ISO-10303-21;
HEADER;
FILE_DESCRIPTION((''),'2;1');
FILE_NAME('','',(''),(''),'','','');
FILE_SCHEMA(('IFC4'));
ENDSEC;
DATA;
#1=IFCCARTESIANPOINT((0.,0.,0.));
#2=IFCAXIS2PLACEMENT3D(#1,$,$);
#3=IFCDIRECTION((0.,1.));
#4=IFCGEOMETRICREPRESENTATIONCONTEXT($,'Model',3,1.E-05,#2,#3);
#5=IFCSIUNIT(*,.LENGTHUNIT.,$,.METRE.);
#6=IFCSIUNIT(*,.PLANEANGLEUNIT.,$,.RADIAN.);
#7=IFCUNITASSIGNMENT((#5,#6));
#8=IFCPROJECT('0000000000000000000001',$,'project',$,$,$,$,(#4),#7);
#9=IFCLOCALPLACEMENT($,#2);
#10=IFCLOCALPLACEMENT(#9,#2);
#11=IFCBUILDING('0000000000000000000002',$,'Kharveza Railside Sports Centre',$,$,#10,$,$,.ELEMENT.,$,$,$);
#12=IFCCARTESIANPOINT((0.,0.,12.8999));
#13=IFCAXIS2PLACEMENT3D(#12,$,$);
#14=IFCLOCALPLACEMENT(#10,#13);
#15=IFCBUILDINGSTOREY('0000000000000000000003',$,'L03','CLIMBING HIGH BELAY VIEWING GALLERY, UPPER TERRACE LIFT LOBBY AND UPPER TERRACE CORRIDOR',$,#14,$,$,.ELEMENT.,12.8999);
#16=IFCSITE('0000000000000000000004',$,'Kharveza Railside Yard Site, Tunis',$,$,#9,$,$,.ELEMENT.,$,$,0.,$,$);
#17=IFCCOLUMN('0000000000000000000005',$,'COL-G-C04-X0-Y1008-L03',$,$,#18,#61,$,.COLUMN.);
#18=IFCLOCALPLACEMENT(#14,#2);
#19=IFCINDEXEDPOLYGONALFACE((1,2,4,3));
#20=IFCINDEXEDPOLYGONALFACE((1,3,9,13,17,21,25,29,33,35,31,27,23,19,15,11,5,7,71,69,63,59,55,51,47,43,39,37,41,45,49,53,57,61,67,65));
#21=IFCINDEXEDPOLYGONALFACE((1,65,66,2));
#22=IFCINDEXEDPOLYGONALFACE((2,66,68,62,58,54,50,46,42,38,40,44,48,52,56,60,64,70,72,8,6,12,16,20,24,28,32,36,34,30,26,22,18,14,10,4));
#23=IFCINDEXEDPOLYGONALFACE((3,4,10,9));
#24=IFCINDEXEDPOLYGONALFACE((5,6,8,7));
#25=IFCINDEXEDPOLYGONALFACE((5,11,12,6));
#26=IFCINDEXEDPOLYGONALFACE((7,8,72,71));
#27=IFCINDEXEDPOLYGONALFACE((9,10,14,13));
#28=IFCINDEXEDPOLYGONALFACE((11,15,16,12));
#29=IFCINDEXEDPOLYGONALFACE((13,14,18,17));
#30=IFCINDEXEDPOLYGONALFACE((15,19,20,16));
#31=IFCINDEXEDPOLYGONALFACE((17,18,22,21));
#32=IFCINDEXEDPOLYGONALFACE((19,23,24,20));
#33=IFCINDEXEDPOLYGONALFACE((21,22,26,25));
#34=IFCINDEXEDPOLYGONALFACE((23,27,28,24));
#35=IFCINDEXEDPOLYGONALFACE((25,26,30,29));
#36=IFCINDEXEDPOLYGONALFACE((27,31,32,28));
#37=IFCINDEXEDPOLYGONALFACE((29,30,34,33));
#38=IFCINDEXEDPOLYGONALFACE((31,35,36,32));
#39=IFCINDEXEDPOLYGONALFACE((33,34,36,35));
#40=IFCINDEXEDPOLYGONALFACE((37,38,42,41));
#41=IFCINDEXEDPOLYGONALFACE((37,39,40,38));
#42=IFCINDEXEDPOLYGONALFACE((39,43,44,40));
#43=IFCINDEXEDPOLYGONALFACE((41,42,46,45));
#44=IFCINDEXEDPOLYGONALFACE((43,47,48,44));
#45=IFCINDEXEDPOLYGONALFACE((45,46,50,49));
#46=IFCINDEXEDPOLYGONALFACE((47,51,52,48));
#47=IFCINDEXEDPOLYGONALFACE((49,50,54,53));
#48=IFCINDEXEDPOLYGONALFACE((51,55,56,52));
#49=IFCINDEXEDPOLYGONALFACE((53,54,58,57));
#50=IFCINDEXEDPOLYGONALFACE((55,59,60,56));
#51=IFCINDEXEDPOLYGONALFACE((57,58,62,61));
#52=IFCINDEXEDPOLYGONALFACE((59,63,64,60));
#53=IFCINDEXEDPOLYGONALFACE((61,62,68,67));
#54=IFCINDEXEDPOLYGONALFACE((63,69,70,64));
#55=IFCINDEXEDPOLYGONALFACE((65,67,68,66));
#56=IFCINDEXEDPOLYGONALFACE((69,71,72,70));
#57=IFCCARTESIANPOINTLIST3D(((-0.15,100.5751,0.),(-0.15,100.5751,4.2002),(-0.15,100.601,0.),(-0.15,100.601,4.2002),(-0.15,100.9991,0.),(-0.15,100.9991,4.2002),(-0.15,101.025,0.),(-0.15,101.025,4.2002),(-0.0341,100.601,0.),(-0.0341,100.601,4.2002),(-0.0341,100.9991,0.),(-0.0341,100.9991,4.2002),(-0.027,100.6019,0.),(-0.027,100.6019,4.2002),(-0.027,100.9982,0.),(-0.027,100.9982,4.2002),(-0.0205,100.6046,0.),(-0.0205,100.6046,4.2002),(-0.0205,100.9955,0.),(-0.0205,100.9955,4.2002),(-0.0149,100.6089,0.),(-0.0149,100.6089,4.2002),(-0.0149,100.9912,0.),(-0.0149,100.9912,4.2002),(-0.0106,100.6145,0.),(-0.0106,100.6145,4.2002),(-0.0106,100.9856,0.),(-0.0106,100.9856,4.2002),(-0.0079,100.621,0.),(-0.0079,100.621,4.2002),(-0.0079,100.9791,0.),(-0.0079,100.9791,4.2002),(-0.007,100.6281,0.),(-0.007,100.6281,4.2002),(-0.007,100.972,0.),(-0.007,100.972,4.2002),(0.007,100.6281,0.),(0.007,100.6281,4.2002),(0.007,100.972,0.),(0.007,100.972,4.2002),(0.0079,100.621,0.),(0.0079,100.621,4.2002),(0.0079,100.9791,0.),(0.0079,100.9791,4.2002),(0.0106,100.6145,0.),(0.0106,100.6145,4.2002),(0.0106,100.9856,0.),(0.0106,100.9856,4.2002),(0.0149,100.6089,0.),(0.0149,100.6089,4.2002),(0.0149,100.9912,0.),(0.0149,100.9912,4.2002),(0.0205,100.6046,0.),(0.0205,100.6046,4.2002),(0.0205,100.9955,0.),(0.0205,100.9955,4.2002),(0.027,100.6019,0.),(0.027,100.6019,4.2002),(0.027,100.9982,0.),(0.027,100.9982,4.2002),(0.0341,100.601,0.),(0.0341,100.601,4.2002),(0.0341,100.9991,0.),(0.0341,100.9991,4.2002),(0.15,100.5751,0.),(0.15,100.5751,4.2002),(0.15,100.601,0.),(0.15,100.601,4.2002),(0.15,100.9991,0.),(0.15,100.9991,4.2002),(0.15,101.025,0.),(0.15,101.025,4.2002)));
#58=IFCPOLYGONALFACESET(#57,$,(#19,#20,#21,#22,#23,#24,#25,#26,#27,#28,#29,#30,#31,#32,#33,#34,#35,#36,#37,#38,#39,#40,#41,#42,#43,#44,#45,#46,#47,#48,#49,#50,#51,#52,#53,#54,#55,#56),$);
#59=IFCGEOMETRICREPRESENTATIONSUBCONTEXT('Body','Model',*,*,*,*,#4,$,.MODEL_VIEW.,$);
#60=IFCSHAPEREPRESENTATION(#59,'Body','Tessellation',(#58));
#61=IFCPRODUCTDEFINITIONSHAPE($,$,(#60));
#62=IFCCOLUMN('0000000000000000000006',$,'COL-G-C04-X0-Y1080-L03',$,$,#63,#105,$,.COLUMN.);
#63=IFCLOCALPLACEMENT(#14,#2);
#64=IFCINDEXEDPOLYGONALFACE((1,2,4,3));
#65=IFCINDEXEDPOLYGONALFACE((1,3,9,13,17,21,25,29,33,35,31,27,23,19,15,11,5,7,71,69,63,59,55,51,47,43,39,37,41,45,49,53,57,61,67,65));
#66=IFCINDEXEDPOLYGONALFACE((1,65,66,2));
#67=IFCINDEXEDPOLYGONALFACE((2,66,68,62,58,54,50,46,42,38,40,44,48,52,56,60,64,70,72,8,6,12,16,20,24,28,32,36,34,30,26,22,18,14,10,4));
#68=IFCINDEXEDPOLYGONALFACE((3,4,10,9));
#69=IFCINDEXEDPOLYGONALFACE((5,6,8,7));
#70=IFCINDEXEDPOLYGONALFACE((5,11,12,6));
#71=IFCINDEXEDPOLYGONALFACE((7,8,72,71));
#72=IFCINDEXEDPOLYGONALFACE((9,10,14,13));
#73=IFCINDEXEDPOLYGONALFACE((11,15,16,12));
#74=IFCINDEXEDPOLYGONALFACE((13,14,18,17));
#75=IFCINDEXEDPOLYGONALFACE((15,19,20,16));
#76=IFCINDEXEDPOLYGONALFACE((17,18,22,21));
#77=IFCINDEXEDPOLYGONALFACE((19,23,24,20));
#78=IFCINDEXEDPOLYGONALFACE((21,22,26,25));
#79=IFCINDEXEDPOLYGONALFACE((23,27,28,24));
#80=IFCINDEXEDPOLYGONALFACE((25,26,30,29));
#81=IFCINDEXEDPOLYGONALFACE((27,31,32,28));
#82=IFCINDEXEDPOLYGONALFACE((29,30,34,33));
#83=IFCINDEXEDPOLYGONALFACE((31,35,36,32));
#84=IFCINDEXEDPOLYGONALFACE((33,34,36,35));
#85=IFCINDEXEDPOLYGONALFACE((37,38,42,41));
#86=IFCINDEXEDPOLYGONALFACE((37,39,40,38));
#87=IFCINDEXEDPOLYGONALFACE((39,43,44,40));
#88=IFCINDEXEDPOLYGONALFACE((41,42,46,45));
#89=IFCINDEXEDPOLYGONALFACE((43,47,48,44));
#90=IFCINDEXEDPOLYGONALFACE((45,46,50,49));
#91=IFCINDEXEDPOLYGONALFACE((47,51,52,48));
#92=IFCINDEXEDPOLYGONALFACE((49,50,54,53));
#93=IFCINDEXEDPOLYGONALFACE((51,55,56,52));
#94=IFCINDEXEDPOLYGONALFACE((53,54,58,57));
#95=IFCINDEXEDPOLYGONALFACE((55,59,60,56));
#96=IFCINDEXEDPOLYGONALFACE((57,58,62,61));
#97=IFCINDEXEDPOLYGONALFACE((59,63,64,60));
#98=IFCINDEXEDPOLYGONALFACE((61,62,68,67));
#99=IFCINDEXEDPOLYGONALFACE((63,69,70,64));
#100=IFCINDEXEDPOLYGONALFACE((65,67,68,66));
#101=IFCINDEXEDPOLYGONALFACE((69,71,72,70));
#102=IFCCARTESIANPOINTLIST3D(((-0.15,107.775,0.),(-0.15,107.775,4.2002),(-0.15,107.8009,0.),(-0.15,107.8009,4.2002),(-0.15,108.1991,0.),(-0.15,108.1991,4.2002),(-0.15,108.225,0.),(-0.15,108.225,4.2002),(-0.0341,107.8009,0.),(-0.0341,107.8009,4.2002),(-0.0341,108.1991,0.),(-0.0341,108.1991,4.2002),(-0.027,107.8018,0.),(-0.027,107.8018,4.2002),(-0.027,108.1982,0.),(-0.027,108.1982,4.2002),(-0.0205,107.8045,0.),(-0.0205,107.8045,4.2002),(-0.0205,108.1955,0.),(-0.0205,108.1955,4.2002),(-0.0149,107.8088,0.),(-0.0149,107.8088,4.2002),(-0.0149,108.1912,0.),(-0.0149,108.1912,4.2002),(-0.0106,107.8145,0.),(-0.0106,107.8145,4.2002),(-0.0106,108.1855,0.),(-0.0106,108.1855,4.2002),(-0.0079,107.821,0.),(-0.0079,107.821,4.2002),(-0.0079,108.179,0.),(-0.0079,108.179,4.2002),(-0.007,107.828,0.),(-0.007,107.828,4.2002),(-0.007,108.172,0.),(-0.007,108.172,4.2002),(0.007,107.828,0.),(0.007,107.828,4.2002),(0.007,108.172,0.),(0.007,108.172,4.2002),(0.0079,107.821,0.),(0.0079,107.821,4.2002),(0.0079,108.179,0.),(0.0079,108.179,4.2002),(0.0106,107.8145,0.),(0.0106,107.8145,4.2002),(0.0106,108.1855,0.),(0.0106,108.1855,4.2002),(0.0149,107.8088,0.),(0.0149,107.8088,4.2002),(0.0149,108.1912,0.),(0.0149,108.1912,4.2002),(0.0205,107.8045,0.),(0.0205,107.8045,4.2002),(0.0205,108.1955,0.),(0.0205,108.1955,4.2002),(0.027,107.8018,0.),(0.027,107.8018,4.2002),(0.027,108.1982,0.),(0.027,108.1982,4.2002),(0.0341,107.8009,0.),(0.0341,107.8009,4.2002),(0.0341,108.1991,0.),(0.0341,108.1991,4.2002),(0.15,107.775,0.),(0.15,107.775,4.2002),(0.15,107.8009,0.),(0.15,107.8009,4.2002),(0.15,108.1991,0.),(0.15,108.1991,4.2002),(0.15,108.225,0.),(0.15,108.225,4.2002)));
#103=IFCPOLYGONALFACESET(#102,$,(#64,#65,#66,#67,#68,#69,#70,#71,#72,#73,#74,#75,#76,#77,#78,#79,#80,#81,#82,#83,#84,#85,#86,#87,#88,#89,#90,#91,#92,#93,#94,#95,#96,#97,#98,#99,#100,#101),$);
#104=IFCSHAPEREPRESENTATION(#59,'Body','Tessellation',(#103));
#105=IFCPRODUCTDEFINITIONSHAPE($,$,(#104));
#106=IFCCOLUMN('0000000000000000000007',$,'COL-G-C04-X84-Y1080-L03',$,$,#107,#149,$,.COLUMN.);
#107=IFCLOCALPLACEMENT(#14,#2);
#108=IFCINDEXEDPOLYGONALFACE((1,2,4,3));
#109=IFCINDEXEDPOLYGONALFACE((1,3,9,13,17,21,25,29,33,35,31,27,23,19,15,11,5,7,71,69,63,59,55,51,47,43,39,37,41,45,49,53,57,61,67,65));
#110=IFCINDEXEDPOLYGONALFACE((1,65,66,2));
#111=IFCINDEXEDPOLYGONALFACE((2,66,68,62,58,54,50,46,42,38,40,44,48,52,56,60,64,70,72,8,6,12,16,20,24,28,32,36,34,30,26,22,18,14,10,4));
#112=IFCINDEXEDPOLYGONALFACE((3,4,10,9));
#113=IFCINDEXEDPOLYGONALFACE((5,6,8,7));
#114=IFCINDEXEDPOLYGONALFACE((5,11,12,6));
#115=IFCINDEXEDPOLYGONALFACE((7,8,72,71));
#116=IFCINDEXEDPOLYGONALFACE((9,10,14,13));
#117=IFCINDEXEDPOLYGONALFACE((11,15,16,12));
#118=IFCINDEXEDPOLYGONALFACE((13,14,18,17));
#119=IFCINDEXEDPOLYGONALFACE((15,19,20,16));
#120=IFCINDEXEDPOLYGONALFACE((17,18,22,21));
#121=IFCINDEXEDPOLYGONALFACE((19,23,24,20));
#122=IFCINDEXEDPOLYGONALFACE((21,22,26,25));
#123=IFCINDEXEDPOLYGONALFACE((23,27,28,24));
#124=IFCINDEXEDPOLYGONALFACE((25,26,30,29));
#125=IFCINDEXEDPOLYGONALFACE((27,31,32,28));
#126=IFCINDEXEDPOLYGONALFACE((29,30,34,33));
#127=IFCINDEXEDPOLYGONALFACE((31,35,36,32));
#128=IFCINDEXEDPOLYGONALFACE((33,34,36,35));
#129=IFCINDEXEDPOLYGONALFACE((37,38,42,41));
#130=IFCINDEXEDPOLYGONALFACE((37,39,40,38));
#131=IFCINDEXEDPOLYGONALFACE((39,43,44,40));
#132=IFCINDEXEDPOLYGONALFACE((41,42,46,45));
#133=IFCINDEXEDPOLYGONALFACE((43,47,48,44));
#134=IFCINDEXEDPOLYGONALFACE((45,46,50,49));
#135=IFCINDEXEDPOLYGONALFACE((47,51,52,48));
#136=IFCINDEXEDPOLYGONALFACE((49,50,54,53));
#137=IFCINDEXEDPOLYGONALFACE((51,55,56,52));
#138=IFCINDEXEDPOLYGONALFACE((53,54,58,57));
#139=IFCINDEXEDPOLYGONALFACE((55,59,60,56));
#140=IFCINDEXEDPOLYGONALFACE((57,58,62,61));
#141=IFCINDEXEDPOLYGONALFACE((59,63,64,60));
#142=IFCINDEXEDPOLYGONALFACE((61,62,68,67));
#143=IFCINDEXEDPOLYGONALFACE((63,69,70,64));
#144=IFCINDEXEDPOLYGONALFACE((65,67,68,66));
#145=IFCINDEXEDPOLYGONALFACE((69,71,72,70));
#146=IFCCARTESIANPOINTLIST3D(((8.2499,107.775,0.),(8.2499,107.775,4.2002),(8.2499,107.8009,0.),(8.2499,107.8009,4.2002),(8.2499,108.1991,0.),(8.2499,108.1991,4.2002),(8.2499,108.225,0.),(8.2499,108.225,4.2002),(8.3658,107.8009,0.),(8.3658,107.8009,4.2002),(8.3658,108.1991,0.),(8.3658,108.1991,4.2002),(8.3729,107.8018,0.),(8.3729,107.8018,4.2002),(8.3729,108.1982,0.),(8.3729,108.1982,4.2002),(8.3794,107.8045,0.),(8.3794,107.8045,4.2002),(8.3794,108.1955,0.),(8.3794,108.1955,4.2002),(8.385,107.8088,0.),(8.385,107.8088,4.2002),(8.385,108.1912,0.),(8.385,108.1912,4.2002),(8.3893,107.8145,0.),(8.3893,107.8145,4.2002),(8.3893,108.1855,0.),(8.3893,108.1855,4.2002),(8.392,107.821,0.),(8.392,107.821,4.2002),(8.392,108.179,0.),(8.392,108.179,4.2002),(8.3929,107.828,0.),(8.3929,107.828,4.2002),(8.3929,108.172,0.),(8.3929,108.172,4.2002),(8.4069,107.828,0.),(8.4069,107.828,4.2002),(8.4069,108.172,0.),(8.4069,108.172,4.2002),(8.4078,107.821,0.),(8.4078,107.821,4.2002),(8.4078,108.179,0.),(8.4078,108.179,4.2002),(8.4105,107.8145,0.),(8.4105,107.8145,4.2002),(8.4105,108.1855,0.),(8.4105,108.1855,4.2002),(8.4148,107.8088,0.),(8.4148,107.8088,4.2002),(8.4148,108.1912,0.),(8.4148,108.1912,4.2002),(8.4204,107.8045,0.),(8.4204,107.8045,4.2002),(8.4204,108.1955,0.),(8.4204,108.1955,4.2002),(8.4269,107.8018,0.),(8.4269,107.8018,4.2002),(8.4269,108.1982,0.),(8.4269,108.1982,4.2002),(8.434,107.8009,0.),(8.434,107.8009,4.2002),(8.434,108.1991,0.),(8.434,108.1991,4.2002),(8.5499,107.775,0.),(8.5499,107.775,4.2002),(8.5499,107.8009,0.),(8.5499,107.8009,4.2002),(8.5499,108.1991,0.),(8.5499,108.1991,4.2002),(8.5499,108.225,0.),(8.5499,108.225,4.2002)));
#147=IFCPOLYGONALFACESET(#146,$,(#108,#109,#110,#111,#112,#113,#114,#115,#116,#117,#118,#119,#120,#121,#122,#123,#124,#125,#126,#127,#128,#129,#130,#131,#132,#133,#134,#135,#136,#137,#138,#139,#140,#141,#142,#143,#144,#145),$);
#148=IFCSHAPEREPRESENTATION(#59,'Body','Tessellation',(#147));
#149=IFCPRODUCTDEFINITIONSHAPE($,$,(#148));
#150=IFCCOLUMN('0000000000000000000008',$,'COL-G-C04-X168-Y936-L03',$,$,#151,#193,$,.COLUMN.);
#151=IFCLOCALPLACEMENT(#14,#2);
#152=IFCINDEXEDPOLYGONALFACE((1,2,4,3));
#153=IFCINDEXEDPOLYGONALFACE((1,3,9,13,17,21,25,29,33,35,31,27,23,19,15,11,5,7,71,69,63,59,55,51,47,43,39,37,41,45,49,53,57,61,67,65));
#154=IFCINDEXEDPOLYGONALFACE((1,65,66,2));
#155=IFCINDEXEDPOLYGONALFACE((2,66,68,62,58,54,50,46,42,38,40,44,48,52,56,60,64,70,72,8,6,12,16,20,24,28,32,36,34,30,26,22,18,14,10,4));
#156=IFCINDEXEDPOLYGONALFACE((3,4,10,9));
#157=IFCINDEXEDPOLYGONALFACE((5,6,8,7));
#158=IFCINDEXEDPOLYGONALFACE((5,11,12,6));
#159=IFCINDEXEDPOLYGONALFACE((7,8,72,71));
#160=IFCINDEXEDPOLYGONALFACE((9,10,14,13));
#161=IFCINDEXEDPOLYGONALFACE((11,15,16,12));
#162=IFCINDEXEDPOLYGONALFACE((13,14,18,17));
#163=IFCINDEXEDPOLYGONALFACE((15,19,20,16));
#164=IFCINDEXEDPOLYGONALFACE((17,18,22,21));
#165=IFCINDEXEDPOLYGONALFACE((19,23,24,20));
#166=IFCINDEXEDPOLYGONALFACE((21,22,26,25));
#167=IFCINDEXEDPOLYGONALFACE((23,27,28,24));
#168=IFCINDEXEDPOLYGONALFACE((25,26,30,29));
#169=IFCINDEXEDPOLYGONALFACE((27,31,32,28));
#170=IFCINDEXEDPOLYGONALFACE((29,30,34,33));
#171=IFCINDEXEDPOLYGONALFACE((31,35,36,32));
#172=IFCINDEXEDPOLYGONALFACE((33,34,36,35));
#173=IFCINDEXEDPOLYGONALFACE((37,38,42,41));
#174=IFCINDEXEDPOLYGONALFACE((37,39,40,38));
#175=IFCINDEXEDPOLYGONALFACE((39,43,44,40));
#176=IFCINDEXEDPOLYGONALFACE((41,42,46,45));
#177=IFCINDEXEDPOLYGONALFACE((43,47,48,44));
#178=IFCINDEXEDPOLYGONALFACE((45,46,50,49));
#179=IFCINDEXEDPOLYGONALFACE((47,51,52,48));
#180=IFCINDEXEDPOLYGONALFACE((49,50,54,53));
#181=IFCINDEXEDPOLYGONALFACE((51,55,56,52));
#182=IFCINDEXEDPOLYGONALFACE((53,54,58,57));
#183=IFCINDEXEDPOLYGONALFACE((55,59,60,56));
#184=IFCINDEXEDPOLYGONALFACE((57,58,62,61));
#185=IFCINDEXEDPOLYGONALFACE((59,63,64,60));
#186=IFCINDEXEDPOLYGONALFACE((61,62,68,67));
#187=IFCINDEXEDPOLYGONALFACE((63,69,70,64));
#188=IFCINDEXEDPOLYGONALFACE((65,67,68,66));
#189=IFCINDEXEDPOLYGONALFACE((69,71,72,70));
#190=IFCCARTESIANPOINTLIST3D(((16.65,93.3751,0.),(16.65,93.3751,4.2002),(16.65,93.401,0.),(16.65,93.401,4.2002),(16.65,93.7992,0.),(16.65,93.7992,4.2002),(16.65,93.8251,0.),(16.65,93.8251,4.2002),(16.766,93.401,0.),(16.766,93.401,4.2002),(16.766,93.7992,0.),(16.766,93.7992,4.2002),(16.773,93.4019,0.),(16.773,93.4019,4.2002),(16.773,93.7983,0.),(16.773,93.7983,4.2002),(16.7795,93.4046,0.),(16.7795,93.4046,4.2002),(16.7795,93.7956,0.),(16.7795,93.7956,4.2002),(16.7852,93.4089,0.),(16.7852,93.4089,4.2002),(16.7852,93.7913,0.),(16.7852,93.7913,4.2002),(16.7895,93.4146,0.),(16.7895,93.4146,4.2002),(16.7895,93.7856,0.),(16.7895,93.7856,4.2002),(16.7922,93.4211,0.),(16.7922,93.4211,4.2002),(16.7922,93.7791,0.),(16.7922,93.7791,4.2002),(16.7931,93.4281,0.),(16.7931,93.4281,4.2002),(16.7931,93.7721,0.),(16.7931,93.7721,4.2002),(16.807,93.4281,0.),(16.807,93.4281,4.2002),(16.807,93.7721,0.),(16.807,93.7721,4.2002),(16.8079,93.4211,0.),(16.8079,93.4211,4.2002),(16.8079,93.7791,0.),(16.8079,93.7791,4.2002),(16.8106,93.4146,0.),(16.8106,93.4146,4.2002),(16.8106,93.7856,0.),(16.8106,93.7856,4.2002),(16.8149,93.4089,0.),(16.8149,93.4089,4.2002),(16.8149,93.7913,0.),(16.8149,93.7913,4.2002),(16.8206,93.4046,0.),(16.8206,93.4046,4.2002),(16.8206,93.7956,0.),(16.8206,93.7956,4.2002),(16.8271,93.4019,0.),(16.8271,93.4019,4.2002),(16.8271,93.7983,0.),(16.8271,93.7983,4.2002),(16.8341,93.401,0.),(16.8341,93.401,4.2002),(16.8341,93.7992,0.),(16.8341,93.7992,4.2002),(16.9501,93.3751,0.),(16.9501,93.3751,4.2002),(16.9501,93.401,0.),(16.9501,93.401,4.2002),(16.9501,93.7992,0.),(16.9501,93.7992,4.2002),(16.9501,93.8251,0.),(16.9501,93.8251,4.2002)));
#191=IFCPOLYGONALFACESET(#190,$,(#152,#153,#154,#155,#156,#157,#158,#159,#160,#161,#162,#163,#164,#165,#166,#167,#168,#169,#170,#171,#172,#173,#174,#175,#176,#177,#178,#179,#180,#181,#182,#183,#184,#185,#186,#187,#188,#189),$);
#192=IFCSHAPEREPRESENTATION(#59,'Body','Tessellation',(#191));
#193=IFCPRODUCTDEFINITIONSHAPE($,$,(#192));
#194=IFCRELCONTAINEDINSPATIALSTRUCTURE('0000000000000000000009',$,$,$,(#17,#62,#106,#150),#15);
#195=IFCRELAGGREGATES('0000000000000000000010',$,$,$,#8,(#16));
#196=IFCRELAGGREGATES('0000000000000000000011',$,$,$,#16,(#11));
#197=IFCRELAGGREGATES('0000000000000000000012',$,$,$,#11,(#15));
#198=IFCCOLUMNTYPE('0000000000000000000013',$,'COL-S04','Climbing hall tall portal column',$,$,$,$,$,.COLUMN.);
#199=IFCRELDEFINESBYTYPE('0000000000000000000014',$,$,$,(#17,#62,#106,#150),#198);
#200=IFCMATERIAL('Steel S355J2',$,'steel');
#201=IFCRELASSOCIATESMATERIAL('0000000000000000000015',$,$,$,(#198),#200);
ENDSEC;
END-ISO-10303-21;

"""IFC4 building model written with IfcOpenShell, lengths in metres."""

from ifc_helpers import new_model, si_unit, direction, frame, origin, origin_2d, place, context, subcontext, project, spatial, i_section, extrude, material, material_profile, profile_set, type_object, element, save


model = new_model("IFC4")

# Units and contexts
model_context = context("Model", 3, precision=1e-05, world=origin(), true_north=direction((0.0, 1.0)))
body_context = subcontext(model_context, "Body", "Model", "MODEL_VIEW")
ifc_project = project(units=[si_unit("LENGTHUNIT", "METRE"), si_unit("PLANEANGLEUNIT", "RADIAN")], contexts=[model_context])

# Site, building, storey
site_placement = place(None, origin())
site = spatial("IfcSite", under=ifc_project, at=site_placement, Name="Kharveza Railside Yard Site, Tunis", CompositionType="ELEMENT", RefElevation=0.0)
building_placement = place(site_placement, origin())
building = spatial("IfcBuilding", under=site, at=building_placement, Name="Kharveza Railside Sports Centre", CompositionType="ELEMENT")
storey_placement = place(building_placement, frame((0.0, 0.0, 12.8999)))
storey = spatial("IfcBuildingStorey", under=building, at=storey_placement, Name="L03", Description="CLIMBING HIGH BELAY VIEWING GALLERY, UPPER TERRACE LIFT LOBBY AND UPPER TERRACE CORRIDOR", CompositionType="ELEMENT", Elevation=12.8999)

# Columns
ifc_material_1 = material(Name="Steel S355J2", Category="steel")
ifc_material_profile_1 = material_profile(ifc_material_1, i_section(OverallWidth=0.3, OverallDepth=0.45, WebThickness=0.0139, FlangeThickness=0.0259, FilletRadius=0.0271, at=origin_2d()), Name="HEB 450")
ifc_profile_set_1 = profile_set([ifc_material_profile_1], Name="Steel S355J2")
column_type = type_object("IfcColumnType", Name="COL-S04", Description="Climbing hall tall portal column", PredefinedType="COLUMN", material=ifc_profile_set_1)
for number, where, z_axis, x_axis, name in (
    (1, (0.0, 100.8, 0.0), (0.0, 0.0, 1.0), (1.0, 0.0, 0.0), "COL-G-C04-X0-Y1008-L03"),
    (2, (0.0, 108.0, 0.0), (0.0, 0.0, 1.0), (1.0, 0.0, 0.0), "COL-G-C04-X0-Y1080-L03"),
    (3, (8.3999, 108.0, 0.0), (0.0, 0.0, 1.0), (1.0, 0.0, 0.0), "COL-G-C04-X84-Y1080-L03"),
    (4, (16.8, 93.6001, 0.0), (0.0, 0.0, 1.0), (1.0, 0.0, 0.0), "COL-G-C04-X168-Y936-L03"),
):
    element("IfcColumn", number, at=place(storey_placement, frame(where, z_axis=z_axis, x_axis=x_axis)), inside=storey, type_object=column_type, Name=name, PredefinedType="COLUMN", context=body_context, shape_type="SweptSolid", body=[
        extrude(i_section(OverallWidth=0.3, OverallDepth=0.45, WebThickness=0.0139, FlangeThickness=0.0259, FilletRadius=0.0271, at=origin_2d()), origin(), (0.0, 0.0, 1.0), 4.2002),
    ])

save(model, "model.ifc")
